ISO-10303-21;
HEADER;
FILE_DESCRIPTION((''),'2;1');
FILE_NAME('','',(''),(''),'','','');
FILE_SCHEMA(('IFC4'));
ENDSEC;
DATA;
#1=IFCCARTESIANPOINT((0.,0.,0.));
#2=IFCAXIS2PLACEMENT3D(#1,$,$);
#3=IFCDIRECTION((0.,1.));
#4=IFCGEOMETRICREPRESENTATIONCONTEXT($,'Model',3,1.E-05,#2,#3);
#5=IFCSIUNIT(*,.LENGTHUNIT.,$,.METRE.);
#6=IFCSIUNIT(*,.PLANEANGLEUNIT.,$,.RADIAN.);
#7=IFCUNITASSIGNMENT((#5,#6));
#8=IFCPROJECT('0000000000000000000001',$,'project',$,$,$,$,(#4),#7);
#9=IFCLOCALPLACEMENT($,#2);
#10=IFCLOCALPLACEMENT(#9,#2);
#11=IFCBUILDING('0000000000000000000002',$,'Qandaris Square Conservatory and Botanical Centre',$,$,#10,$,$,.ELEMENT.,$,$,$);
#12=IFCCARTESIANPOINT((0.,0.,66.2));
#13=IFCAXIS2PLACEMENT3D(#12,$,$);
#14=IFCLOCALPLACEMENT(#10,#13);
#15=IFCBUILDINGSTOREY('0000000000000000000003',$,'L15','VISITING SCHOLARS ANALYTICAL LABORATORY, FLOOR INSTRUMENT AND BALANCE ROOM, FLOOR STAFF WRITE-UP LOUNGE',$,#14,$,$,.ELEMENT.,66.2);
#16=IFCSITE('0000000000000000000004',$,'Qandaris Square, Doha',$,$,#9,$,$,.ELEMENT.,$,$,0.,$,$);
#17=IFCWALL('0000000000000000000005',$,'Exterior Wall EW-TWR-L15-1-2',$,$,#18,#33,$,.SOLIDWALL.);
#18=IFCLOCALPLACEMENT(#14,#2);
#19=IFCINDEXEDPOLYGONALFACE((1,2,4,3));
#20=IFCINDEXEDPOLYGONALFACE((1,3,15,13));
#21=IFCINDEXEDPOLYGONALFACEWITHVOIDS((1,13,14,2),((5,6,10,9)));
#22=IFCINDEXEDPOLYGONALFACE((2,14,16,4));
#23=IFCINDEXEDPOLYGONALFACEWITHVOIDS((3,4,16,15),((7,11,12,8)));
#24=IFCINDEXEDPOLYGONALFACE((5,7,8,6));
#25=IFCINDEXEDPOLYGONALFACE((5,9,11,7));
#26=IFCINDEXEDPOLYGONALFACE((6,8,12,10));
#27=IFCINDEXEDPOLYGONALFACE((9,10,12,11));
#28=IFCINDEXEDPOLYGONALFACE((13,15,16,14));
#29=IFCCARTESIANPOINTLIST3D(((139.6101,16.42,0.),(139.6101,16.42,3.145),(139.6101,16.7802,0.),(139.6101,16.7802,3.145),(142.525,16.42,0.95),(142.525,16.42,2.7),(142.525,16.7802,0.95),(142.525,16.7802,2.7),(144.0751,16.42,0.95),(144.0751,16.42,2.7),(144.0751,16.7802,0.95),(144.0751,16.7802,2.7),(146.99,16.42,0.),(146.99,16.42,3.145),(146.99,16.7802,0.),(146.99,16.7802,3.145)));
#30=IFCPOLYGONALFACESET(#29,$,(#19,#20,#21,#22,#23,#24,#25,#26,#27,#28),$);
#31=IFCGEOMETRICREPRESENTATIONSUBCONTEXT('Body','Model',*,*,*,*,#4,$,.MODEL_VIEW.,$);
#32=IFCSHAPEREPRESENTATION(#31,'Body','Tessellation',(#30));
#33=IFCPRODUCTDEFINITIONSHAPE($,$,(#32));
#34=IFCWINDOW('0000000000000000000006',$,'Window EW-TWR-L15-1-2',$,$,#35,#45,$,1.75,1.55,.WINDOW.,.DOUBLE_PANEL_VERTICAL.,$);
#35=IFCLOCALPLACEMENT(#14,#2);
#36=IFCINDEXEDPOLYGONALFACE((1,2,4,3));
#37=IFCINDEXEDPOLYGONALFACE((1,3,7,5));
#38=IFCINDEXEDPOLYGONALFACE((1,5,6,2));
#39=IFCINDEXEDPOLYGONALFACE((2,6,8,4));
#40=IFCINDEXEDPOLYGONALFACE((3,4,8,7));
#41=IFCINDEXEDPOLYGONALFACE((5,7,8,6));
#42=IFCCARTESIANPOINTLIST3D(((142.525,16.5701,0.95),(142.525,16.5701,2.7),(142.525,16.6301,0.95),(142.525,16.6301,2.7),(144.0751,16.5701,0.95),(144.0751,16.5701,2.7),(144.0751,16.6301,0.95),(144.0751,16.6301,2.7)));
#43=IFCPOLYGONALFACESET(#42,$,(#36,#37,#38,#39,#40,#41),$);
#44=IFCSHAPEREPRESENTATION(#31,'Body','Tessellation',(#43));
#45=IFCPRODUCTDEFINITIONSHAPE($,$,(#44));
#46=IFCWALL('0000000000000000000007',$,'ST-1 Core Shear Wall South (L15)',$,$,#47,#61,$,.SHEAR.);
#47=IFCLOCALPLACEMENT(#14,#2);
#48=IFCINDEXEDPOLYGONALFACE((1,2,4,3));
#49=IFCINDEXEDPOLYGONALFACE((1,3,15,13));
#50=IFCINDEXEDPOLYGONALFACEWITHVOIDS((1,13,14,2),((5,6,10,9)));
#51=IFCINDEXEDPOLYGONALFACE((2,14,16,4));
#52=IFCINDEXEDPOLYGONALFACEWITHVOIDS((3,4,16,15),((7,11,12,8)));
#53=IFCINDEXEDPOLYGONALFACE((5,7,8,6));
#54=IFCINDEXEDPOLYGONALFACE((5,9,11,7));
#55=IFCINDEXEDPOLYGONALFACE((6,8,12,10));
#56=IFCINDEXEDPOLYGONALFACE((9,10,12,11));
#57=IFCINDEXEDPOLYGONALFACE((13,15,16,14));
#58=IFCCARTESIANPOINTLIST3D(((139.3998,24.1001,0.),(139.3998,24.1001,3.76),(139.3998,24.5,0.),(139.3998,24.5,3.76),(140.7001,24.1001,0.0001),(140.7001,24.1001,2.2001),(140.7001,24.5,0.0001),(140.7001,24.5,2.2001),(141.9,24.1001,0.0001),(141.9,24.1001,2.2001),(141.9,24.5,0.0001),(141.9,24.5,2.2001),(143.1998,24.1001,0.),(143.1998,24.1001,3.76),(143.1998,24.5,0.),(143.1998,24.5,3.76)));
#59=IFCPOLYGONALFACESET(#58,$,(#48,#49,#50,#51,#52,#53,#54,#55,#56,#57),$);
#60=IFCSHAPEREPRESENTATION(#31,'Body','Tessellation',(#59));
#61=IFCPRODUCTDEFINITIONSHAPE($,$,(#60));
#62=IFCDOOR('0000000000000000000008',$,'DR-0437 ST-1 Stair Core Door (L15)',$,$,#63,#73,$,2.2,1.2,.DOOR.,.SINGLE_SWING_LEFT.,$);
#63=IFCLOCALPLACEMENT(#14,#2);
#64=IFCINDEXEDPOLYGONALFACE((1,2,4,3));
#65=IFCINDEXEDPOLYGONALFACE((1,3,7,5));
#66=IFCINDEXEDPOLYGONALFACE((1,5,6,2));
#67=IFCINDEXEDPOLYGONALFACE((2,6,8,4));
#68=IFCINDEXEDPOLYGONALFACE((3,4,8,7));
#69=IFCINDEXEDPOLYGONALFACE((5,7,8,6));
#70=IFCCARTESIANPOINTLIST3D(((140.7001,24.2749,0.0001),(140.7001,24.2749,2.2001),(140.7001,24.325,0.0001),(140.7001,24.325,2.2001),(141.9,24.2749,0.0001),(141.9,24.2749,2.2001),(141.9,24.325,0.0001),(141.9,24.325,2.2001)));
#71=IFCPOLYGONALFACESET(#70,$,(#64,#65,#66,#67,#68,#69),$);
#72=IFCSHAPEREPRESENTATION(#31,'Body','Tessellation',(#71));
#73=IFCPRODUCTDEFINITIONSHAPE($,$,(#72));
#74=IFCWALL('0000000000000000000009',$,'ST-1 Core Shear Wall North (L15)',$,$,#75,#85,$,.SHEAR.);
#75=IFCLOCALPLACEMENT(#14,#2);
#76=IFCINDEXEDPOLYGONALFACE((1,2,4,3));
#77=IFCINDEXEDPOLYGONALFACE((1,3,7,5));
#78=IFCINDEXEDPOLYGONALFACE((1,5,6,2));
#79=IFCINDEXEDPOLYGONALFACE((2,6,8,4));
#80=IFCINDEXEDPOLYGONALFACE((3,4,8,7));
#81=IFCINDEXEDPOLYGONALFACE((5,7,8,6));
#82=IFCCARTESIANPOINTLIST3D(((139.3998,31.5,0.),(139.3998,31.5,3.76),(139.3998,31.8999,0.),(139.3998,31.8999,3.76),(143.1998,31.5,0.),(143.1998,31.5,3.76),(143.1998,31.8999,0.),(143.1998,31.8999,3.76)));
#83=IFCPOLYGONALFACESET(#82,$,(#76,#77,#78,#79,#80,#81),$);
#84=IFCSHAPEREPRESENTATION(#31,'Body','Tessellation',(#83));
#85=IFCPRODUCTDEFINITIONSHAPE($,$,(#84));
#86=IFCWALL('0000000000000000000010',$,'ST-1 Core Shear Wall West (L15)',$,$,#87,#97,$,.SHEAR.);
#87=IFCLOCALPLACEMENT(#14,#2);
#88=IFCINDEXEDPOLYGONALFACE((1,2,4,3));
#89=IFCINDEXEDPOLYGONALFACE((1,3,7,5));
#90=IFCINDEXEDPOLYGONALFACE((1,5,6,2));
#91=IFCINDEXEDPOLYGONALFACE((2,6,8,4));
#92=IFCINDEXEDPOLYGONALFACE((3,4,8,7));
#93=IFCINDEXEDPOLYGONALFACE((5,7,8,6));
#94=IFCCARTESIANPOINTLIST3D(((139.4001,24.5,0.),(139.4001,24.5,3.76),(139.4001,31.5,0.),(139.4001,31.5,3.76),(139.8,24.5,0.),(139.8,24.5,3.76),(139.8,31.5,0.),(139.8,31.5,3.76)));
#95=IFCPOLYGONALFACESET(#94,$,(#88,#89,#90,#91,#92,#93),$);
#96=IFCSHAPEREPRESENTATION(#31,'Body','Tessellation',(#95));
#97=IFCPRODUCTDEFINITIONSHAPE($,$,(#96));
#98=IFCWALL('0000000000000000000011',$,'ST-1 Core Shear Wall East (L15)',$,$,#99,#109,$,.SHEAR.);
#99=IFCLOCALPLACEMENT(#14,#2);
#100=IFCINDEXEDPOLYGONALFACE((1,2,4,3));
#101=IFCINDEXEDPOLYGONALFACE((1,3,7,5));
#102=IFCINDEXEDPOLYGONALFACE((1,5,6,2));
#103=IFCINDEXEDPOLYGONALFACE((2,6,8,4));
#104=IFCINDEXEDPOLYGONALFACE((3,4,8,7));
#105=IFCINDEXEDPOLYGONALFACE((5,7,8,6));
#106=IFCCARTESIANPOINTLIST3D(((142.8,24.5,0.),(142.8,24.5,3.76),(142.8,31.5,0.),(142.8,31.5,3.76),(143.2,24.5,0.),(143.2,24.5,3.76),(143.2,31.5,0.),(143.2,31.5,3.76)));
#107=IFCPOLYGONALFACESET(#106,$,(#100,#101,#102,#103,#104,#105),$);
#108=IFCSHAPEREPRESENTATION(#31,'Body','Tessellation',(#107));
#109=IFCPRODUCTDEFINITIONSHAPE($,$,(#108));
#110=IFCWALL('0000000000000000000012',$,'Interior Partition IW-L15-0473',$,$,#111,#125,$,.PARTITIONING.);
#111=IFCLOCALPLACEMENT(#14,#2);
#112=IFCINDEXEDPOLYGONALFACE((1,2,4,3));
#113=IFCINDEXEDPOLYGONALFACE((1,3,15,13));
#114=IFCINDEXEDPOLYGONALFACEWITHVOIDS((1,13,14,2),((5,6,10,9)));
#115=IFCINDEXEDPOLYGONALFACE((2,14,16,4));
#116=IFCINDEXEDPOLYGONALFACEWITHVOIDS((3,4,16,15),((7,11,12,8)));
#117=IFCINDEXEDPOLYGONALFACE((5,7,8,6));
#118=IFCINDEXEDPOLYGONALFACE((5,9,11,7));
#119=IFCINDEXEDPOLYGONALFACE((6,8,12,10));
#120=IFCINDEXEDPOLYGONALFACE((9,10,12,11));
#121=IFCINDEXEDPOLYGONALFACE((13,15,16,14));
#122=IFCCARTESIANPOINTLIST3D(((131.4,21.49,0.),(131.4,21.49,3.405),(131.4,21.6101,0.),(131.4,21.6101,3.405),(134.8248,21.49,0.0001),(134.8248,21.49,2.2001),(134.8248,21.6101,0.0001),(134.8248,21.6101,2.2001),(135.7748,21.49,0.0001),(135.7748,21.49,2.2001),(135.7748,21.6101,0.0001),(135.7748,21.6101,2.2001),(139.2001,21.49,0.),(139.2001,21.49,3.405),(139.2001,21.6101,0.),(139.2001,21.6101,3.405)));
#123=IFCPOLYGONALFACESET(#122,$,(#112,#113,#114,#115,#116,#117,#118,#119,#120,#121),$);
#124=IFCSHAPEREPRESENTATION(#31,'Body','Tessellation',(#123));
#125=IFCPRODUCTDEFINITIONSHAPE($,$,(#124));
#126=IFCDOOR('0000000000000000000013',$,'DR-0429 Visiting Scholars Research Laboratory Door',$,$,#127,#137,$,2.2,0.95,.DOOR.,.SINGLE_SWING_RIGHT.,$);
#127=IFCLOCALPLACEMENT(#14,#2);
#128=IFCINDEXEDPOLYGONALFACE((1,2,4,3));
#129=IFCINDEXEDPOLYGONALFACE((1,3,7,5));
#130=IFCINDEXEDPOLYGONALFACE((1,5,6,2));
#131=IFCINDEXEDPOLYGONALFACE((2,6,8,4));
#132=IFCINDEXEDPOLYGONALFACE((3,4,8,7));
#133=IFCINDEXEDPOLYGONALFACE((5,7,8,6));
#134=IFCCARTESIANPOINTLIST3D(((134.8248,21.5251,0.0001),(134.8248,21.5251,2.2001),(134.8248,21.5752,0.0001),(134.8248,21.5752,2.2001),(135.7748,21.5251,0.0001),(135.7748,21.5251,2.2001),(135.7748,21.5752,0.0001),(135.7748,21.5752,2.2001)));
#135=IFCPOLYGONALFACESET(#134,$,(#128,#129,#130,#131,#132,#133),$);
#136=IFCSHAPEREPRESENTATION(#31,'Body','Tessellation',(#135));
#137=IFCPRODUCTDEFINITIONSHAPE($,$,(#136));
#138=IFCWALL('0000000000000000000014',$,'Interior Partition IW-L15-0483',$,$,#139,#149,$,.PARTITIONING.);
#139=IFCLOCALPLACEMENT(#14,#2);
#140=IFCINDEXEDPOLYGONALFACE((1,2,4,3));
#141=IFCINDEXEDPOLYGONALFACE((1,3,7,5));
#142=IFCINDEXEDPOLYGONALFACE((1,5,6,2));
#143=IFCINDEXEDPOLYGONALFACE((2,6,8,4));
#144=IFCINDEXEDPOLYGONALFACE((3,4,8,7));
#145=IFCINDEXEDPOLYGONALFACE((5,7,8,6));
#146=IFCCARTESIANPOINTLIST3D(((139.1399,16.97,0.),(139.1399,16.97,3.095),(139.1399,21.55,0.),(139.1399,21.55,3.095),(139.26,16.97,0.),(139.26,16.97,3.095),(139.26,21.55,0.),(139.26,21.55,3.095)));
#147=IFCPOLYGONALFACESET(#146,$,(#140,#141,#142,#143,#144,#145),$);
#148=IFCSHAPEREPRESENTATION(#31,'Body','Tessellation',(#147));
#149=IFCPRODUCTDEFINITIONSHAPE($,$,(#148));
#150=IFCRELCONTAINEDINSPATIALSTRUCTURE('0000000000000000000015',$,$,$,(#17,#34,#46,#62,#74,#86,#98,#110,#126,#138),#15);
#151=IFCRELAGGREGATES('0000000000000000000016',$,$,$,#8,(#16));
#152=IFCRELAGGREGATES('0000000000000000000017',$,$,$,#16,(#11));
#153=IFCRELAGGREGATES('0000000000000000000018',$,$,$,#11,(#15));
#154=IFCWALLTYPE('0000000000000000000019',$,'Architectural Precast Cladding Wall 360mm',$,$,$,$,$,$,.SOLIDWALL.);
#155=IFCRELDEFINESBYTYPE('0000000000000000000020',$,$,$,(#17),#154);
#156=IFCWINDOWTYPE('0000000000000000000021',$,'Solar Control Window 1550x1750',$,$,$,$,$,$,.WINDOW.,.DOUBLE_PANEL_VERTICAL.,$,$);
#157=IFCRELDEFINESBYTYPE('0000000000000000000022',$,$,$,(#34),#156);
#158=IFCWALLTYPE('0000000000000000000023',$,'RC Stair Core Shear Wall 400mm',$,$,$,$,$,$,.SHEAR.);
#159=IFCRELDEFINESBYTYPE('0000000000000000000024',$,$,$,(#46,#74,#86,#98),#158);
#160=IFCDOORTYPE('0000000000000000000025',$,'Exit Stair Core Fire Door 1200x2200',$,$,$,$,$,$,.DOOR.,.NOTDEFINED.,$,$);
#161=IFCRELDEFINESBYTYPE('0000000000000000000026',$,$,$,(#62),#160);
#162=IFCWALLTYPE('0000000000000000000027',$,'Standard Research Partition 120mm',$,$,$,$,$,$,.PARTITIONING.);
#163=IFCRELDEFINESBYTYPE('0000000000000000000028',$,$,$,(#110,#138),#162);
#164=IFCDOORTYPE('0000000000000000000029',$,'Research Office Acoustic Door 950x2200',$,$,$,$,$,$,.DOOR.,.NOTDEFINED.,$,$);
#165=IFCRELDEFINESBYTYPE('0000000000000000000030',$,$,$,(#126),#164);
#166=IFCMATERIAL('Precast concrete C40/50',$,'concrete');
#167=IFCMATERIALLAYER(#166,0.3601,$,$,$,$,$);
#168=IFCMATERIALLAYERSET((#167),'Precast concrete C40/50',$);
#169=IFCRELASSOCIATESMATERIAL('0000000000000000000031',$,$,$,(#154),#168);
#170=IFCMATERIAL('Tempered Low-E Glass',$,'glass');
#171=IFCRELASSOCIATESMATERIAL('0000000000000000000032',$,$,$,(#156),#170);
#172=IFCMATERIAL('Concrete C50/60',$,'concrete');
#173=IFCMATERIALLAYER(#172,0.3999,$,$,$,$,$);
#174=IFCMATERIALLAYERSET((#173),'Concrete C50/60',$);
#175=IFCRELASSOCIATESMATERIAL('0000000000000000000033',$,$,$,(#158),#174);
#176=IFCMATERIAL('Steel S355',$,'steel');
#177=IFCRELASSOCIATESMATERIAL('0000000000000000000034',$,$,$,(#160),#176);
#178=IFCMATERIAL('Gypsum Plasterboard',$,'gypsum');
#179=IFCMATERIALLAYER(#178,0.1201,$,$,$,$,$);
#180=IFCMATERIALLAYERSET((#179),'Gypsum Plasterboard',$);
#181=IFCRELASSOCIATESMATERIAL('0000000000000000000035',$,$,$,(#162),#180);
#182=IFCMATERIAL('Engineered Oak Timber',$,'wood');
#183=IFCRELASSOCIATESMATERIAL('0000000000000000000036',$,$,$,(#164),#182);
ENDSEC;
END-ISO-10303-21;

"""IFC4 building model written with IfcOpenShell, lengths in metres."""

from ifc_helpers import new_model, si_unit, direction, frame, frame_2d, origin, place, context, subcontext, project, spatial, rectangle, extrude, material, layer, layer_set, type_object, element, fill, save


model = new_model("IFC4")

# Units and contexts
model_context = context("Model", 3, precision=1e-05, world=origin(), true_north=direction((0.0, 1.0)))
body_context = subcontext(model_context, "Body", "Model", "MODEL_VIEW")
ifc_project = project(units=[si_unit("LENGTHUNIT", "METRE"), si_unit("PLANEANGLEUNIT", "RADIAN")], contexts=[model_context])

# Site, building, storey
site_placement = place(None, origin())
site = spatial("IfcSite", under=ifc_project, at=site_placement, Name="Qandaris Square, Doha", CompositionType="ELEMENT", RefElevation=0.0)
building_placement = place(site_placement, origin())
building = spatial("IfcBuilding", under=site, at=building_placement, Name="Qandaris Square Conservatory and Botanical Centre", CompositionType="ELEMENT")
storey_placement = place(building_placement, frame((0.0, 0.0, 66.2)))
storey = spatial("IfcBuildingStorey", under=building, at=storey_placement, Name="L15", Description="VISITING SCHOLARS ANALYTICAL LABORATORY, FLOOR INSTRUMENT AND BALANCE ROOM, FLOOR STAFF WRITE-UP LOUNGE", CompositionType="ELEMENT", Elevation=66.2)

# Shared definitions
ifc_material_1 = material(Name="Steel S355", Category="steel")
ifc_material_2 = material(Name="Concrete C50/60", Category="concrete")

# Wall, opening, window
ifc_material_3 = material(Name="Precast concrete C40/50", Category="concrete")
ifc_layer_1 = layer(ifc_material_3, 0.3601)
ifc_layer_set_1 = layer_set([ifc_layer_1], Name="Precast concrete C40/50")
wall_type_1 = type_object("IfcWallType", Name="Architectural Precast Cladding Wall 360mm", PredefinedType="SOLIDWALL", material=ifc_layer_set_1)
wall_1_placement = place(storey_placement, frame((139.6101, 16.6001, 0.0), z_axis=(0.0, 0.0, 1.0), x_axis=(1.0, 0.0, 0.0)))
wall_1 = element("IfcWall", 1, at=wall_1_placement, inside=storey, type_object=wall_type_1, Name="Exterior Wall EW-TWR-L15-1-2", PredefinedType="SOLIDWALL", context=body_context, shape_type="SweptSolid", body=[
    extrude(rectangle(XDim=7.3799, YDim=0.3601, at=frame_2d((3.6899, 0.0))), origin(), (0.0, 0.0, 1.0), 3.145),
])
opening_1_placement = place(wall_1_placement, frame((2.915, 0.0, 0.95)))
opening_1 = element("IfcOpeningElement", 2, at=opening_1_placement, cuts=wall_1, PredefinedType="OPENING", context=body_context, shape_type="SweptSolid", body=[
    extrude(rectangle(XDim=1.55, YDim=1.75, at=frame_2d((0.7749, 0.875))), frame((0.0, 0.1919, 0.0), z_axis=(0.0, -1.0, 0.0), x_axis=(1.0, 0.0, 0.0)), (0.0, 0.0, 1.0), 0.384),
])
ifc_material_4 = material(Name="Tempered Low-E Glass", Category="glass")
window_type = type_object("IfcWindowType", Name="Solar Control Window 1550x1750", PartitioningType="DOUBLE_PANEL_VERTICAL", PredefinedType="WINDOW", material=ifc_material_4)
window_placement = place(opening_1_placement, origin())
window = element("IfcWindow", 3, at=window_placement, inside=storey, type_object=window_type, Name="Window EW-TWR-L15-1-2", OverallHeight=1.75, OverallWidth=1.55, PartitioningType="DOUBLE_PANEL_VERTICAL", PredefinedType="WINDOW", context=body_context, shape_type="SweptSolid", body=[
    extrude(rectangle(XDim=1.55, YDim=1.75, at=frame_2d((0.7749, 0.875))), frame((0.0, 0.03, 0.0), z_axis=(0.0, -1.0, 0.0), x_axis=(1.0, 0.0, 0.0)), (0.0, 0.0, 1.0), 0.0601),
])
fill(opening_1, window)

# Wall, opening, door
ifc_layer_2 = layer(ifc_material_2, 0.3999)
ifc_layer_set_2 = layer_set([ifc_layer_2], Name="Concrete C50/60")
wall_type_2 = type_object("IfcWallType", Name="RC Stair Core Shear Wall 400mm", PredefinedType="SHEAR", material=ifc_layer_set_2)
wall_2_placement = place(storey_placement, frame((139.3999, 24.3, 0.0), z_axis=(0.0, 0.0, 1.0), x_axis=(1.0, 0.0, 0.0)))
wall_2 = element("IfcWall", 4, at=wall_2_placement, inside=storey, type_object=wall_type_2, Name="ST-1 Core Shear Wall South (L15)", PredefinedType="SHEAR", context=body_context, shape_type="SweptSolid", body=[
    extrude(rectangle(XDim=3.8, YDim=0.3999, at=frame_2d((1.8999, 0.0))), origin(), (0.0, 0.0, 1.0), 3.76),
])
opening_2_placement = place(wall_2_placement, frame((1.3, 0.0, 0.0)))
opening_2 = element("IfcOpeningElement", 5, at=opening_2_placement, cuts=wall_2, PredefinedType="OPENING", context=body_context, shape_type="SweptSolid", body=[
    extrude(rectangle(XDim=1.2, YDim=2.2, at=frame_2d((0.6001, 1.1001))), frame((0.0, 0.2119, 0.0), z_axis=(0.0, -1.0, 0.0), x_axis=(1.0, 0.0, 0.0)), (0.0, 0.0, 1.0), 0.4238),
])
door_type_1 = type_object("IfcDoorType", Name="Exit Stair Core Fire Door 1200x2200", OperationType="NOTDEFINED", PredefinedType="DOOR", material=ifc_material_1)
door_1_placement = place(opening_2_placement, origin())
door_1 = element("IfcDoor", 6, at=door_1_placement, inside=storey, type_object=door_type_1, Name="DR-0437 ST-1 Stair Core Door (L15)", OperationType="SINGLE_SWING_LEFT", OverallHeight=2.2, OverallWidth=1.2, PredefinedType="DOOR", context=body_context, shape_type="SweptSolid", body=[
    extrude(rectangle(XDim=1.2, YDim=2.2, at=frame_2d((0.6001, 1.1001))), frame((0.0, 0.0249, 0.0), z_axis=(0.0, -1.0, 0.0), x_axis=(1.0, 0.0, 0.0)), (0.0, 0.0, 1.0), 0.05),
])
fill(opening_2, door_1)

# Walls
wall_3_placement = place(storey_placement, frame((139.3999, 31.7, 0.0), z_axis=(0.0, 0.0, 1.0), x_axis=(1.0, 0.0, 0.0)))
element("IfcWall", 7, at=wall_3_placement, inside=storey, type_object=wall_type_2, Name="ST-1 Core Shear Wall North (L15)", PredefinedType="SHEAR", context=body_context, shape_type="SweptSolid", body=[
    extrude(rectangle(XDim=3.8, YDim=0.3999, at=frame_2d((1.8999, 0.0))), origin(), (0.0, 0.0, 1.0), 3.76),
])
for number, where, z_axis, x_axis, name in (
    (8, (139.6001, 24.5, 0.0), (0.0, 0.0, 1.0), (0.0, 1.0, 0.0), "ST-1 Core Shear Wall West (L15)"),
    (9, (143.0, 24.5, 0.0), (0.0, 0.0, 1.0), (0.0, 1.0, 0.0), "ST-1 Core Shear Wall East (L15)"),
):
    element("IfcWall", number, at=place(storey_placement, frame(where, z_axis=z_axis, x_axis=x_axis)), inside=storey, type_object=wall_type_2, Name=name, PredefinedType="SHEAR", context=body_context, shape_type="SweptSolid", body=[
        extrude(rectangle(XDim=7.0, YDim=0.3999, at=frame_2d((3.5, 0.0))), origin(), (0.0, 0.0, 1.0), 3.76),
    ])

# Wall, opening, door
ifc_material_5 = material(Name="Gypsum Plasterboard", Category="gypsum")
ifc_layer_3 = layer(ifc_material_5, 0.1201)
ifc_layer_set_3 = layer_set([ifc_layer_3], Name="Gypsum Plasterboard")
wall_type_3 = type_object("IfcWallType", Name="Standard Research Partition 120mm", PredefinedType="PARTITIONING", material=ifc_layer_set_3)
wall_4_placement = place(storey_placement, frame((139.2, 21.55, 0.0), z_axis=(0.0, 0.0, 1.0), x_axis=(-1.0, 0.0, 0.0)))
wall_4 = element("IfcWall", 10, at=wall_4_placement, inside=storey, type_object=wall_type_3, Name="Interior Partition IW-L15-0473", PredefinedType="PARTITIONING", context=body_context, shape_type="SweptSolid", body=[
    extrude(rectangle(XDim=7.8, YDim=0.1201, at=frame_2d((3.8999, 0.0))), origin(), (0.0, 0.0, 1.0), 3.405),
])
opening_3_placement = place(wall_4_placement, frame((3.425, 0.0, 0.0)))
opening_3 = element("IfcOpeningElement", 11, at=opening_3_placement, cuts=wall_4, PredefinedType="OPENING", context=body_context, shape_type="SweptSolid", body=[
    extrude(rectangle(XDim=0.95, YDim=2.2, at=frame_2d((0.4751, 1.1001))), frame((0.0, 0.072, 0.0), z_axis=(0.0, -1.0, 0.0), x_axis=(1.0, 0.0, 0.0)), (0.0, 0.0, 1.0), 0.144),
])
ifc_material_6 = material(Name="Engineered Oak Timber", Category="wood")
door_type_2 = type_object("IfcDoorType", Name="Research Office Acoustic Door 950x2200", OperationType="NOTDEFINED", PredefinedType="DOOR", material=ifc_material_6)
door_2_placement = place(opening_3_placement, origin())
door_2 = element("IfcDoor", 12, at=door_2_placement, inside=storey, type_object=door_type_2, Name="DR-0429 Visiting Scholars Research Laboratory Door", OperationType="SINGLE_SWING_RIGHT", OverallHeight=2.2, OverallWidth=0.95, PredefinedType="DOOR", context=body_context, shape_type="SweptSolid", body=[
    extrude(rectangle(XDim=0.95, YDim=2.2, at=frame_2d((0.4751, 1.1001))), frame((0.0, 0.0249, 0.0), z_axis=(0.0, -1.0, 0.0), x_axis=(1.0, 0.0, 0.0)), (0.0, 0.0, 1.0), 0.05),
])
fill(opening_3, door_2)

# Wall
wall_5_placement = place(storey_placement, frame((139.2, 21.55, 0.0), z_axis=(0.0, 0.0, 1.0), x_axis=(0.0, -1.0, 0.0)))
element("IfcWall", 13, at=wall_5_placement, inside=storey, type_object=wall_type_3, Name="Interior Partition IW-L15-0483", PredefinedType="PARTITIONING", context=body_context, shape_type="SweptSolid", body=[
    extrude(rectangle(XDim=4.5801, YDim=0.1201, at=frame_2d((2.29, 0.0))), origin(), (0.0, 0.0, 1.0), 3.095),
])

save(model, "model.ifc")
